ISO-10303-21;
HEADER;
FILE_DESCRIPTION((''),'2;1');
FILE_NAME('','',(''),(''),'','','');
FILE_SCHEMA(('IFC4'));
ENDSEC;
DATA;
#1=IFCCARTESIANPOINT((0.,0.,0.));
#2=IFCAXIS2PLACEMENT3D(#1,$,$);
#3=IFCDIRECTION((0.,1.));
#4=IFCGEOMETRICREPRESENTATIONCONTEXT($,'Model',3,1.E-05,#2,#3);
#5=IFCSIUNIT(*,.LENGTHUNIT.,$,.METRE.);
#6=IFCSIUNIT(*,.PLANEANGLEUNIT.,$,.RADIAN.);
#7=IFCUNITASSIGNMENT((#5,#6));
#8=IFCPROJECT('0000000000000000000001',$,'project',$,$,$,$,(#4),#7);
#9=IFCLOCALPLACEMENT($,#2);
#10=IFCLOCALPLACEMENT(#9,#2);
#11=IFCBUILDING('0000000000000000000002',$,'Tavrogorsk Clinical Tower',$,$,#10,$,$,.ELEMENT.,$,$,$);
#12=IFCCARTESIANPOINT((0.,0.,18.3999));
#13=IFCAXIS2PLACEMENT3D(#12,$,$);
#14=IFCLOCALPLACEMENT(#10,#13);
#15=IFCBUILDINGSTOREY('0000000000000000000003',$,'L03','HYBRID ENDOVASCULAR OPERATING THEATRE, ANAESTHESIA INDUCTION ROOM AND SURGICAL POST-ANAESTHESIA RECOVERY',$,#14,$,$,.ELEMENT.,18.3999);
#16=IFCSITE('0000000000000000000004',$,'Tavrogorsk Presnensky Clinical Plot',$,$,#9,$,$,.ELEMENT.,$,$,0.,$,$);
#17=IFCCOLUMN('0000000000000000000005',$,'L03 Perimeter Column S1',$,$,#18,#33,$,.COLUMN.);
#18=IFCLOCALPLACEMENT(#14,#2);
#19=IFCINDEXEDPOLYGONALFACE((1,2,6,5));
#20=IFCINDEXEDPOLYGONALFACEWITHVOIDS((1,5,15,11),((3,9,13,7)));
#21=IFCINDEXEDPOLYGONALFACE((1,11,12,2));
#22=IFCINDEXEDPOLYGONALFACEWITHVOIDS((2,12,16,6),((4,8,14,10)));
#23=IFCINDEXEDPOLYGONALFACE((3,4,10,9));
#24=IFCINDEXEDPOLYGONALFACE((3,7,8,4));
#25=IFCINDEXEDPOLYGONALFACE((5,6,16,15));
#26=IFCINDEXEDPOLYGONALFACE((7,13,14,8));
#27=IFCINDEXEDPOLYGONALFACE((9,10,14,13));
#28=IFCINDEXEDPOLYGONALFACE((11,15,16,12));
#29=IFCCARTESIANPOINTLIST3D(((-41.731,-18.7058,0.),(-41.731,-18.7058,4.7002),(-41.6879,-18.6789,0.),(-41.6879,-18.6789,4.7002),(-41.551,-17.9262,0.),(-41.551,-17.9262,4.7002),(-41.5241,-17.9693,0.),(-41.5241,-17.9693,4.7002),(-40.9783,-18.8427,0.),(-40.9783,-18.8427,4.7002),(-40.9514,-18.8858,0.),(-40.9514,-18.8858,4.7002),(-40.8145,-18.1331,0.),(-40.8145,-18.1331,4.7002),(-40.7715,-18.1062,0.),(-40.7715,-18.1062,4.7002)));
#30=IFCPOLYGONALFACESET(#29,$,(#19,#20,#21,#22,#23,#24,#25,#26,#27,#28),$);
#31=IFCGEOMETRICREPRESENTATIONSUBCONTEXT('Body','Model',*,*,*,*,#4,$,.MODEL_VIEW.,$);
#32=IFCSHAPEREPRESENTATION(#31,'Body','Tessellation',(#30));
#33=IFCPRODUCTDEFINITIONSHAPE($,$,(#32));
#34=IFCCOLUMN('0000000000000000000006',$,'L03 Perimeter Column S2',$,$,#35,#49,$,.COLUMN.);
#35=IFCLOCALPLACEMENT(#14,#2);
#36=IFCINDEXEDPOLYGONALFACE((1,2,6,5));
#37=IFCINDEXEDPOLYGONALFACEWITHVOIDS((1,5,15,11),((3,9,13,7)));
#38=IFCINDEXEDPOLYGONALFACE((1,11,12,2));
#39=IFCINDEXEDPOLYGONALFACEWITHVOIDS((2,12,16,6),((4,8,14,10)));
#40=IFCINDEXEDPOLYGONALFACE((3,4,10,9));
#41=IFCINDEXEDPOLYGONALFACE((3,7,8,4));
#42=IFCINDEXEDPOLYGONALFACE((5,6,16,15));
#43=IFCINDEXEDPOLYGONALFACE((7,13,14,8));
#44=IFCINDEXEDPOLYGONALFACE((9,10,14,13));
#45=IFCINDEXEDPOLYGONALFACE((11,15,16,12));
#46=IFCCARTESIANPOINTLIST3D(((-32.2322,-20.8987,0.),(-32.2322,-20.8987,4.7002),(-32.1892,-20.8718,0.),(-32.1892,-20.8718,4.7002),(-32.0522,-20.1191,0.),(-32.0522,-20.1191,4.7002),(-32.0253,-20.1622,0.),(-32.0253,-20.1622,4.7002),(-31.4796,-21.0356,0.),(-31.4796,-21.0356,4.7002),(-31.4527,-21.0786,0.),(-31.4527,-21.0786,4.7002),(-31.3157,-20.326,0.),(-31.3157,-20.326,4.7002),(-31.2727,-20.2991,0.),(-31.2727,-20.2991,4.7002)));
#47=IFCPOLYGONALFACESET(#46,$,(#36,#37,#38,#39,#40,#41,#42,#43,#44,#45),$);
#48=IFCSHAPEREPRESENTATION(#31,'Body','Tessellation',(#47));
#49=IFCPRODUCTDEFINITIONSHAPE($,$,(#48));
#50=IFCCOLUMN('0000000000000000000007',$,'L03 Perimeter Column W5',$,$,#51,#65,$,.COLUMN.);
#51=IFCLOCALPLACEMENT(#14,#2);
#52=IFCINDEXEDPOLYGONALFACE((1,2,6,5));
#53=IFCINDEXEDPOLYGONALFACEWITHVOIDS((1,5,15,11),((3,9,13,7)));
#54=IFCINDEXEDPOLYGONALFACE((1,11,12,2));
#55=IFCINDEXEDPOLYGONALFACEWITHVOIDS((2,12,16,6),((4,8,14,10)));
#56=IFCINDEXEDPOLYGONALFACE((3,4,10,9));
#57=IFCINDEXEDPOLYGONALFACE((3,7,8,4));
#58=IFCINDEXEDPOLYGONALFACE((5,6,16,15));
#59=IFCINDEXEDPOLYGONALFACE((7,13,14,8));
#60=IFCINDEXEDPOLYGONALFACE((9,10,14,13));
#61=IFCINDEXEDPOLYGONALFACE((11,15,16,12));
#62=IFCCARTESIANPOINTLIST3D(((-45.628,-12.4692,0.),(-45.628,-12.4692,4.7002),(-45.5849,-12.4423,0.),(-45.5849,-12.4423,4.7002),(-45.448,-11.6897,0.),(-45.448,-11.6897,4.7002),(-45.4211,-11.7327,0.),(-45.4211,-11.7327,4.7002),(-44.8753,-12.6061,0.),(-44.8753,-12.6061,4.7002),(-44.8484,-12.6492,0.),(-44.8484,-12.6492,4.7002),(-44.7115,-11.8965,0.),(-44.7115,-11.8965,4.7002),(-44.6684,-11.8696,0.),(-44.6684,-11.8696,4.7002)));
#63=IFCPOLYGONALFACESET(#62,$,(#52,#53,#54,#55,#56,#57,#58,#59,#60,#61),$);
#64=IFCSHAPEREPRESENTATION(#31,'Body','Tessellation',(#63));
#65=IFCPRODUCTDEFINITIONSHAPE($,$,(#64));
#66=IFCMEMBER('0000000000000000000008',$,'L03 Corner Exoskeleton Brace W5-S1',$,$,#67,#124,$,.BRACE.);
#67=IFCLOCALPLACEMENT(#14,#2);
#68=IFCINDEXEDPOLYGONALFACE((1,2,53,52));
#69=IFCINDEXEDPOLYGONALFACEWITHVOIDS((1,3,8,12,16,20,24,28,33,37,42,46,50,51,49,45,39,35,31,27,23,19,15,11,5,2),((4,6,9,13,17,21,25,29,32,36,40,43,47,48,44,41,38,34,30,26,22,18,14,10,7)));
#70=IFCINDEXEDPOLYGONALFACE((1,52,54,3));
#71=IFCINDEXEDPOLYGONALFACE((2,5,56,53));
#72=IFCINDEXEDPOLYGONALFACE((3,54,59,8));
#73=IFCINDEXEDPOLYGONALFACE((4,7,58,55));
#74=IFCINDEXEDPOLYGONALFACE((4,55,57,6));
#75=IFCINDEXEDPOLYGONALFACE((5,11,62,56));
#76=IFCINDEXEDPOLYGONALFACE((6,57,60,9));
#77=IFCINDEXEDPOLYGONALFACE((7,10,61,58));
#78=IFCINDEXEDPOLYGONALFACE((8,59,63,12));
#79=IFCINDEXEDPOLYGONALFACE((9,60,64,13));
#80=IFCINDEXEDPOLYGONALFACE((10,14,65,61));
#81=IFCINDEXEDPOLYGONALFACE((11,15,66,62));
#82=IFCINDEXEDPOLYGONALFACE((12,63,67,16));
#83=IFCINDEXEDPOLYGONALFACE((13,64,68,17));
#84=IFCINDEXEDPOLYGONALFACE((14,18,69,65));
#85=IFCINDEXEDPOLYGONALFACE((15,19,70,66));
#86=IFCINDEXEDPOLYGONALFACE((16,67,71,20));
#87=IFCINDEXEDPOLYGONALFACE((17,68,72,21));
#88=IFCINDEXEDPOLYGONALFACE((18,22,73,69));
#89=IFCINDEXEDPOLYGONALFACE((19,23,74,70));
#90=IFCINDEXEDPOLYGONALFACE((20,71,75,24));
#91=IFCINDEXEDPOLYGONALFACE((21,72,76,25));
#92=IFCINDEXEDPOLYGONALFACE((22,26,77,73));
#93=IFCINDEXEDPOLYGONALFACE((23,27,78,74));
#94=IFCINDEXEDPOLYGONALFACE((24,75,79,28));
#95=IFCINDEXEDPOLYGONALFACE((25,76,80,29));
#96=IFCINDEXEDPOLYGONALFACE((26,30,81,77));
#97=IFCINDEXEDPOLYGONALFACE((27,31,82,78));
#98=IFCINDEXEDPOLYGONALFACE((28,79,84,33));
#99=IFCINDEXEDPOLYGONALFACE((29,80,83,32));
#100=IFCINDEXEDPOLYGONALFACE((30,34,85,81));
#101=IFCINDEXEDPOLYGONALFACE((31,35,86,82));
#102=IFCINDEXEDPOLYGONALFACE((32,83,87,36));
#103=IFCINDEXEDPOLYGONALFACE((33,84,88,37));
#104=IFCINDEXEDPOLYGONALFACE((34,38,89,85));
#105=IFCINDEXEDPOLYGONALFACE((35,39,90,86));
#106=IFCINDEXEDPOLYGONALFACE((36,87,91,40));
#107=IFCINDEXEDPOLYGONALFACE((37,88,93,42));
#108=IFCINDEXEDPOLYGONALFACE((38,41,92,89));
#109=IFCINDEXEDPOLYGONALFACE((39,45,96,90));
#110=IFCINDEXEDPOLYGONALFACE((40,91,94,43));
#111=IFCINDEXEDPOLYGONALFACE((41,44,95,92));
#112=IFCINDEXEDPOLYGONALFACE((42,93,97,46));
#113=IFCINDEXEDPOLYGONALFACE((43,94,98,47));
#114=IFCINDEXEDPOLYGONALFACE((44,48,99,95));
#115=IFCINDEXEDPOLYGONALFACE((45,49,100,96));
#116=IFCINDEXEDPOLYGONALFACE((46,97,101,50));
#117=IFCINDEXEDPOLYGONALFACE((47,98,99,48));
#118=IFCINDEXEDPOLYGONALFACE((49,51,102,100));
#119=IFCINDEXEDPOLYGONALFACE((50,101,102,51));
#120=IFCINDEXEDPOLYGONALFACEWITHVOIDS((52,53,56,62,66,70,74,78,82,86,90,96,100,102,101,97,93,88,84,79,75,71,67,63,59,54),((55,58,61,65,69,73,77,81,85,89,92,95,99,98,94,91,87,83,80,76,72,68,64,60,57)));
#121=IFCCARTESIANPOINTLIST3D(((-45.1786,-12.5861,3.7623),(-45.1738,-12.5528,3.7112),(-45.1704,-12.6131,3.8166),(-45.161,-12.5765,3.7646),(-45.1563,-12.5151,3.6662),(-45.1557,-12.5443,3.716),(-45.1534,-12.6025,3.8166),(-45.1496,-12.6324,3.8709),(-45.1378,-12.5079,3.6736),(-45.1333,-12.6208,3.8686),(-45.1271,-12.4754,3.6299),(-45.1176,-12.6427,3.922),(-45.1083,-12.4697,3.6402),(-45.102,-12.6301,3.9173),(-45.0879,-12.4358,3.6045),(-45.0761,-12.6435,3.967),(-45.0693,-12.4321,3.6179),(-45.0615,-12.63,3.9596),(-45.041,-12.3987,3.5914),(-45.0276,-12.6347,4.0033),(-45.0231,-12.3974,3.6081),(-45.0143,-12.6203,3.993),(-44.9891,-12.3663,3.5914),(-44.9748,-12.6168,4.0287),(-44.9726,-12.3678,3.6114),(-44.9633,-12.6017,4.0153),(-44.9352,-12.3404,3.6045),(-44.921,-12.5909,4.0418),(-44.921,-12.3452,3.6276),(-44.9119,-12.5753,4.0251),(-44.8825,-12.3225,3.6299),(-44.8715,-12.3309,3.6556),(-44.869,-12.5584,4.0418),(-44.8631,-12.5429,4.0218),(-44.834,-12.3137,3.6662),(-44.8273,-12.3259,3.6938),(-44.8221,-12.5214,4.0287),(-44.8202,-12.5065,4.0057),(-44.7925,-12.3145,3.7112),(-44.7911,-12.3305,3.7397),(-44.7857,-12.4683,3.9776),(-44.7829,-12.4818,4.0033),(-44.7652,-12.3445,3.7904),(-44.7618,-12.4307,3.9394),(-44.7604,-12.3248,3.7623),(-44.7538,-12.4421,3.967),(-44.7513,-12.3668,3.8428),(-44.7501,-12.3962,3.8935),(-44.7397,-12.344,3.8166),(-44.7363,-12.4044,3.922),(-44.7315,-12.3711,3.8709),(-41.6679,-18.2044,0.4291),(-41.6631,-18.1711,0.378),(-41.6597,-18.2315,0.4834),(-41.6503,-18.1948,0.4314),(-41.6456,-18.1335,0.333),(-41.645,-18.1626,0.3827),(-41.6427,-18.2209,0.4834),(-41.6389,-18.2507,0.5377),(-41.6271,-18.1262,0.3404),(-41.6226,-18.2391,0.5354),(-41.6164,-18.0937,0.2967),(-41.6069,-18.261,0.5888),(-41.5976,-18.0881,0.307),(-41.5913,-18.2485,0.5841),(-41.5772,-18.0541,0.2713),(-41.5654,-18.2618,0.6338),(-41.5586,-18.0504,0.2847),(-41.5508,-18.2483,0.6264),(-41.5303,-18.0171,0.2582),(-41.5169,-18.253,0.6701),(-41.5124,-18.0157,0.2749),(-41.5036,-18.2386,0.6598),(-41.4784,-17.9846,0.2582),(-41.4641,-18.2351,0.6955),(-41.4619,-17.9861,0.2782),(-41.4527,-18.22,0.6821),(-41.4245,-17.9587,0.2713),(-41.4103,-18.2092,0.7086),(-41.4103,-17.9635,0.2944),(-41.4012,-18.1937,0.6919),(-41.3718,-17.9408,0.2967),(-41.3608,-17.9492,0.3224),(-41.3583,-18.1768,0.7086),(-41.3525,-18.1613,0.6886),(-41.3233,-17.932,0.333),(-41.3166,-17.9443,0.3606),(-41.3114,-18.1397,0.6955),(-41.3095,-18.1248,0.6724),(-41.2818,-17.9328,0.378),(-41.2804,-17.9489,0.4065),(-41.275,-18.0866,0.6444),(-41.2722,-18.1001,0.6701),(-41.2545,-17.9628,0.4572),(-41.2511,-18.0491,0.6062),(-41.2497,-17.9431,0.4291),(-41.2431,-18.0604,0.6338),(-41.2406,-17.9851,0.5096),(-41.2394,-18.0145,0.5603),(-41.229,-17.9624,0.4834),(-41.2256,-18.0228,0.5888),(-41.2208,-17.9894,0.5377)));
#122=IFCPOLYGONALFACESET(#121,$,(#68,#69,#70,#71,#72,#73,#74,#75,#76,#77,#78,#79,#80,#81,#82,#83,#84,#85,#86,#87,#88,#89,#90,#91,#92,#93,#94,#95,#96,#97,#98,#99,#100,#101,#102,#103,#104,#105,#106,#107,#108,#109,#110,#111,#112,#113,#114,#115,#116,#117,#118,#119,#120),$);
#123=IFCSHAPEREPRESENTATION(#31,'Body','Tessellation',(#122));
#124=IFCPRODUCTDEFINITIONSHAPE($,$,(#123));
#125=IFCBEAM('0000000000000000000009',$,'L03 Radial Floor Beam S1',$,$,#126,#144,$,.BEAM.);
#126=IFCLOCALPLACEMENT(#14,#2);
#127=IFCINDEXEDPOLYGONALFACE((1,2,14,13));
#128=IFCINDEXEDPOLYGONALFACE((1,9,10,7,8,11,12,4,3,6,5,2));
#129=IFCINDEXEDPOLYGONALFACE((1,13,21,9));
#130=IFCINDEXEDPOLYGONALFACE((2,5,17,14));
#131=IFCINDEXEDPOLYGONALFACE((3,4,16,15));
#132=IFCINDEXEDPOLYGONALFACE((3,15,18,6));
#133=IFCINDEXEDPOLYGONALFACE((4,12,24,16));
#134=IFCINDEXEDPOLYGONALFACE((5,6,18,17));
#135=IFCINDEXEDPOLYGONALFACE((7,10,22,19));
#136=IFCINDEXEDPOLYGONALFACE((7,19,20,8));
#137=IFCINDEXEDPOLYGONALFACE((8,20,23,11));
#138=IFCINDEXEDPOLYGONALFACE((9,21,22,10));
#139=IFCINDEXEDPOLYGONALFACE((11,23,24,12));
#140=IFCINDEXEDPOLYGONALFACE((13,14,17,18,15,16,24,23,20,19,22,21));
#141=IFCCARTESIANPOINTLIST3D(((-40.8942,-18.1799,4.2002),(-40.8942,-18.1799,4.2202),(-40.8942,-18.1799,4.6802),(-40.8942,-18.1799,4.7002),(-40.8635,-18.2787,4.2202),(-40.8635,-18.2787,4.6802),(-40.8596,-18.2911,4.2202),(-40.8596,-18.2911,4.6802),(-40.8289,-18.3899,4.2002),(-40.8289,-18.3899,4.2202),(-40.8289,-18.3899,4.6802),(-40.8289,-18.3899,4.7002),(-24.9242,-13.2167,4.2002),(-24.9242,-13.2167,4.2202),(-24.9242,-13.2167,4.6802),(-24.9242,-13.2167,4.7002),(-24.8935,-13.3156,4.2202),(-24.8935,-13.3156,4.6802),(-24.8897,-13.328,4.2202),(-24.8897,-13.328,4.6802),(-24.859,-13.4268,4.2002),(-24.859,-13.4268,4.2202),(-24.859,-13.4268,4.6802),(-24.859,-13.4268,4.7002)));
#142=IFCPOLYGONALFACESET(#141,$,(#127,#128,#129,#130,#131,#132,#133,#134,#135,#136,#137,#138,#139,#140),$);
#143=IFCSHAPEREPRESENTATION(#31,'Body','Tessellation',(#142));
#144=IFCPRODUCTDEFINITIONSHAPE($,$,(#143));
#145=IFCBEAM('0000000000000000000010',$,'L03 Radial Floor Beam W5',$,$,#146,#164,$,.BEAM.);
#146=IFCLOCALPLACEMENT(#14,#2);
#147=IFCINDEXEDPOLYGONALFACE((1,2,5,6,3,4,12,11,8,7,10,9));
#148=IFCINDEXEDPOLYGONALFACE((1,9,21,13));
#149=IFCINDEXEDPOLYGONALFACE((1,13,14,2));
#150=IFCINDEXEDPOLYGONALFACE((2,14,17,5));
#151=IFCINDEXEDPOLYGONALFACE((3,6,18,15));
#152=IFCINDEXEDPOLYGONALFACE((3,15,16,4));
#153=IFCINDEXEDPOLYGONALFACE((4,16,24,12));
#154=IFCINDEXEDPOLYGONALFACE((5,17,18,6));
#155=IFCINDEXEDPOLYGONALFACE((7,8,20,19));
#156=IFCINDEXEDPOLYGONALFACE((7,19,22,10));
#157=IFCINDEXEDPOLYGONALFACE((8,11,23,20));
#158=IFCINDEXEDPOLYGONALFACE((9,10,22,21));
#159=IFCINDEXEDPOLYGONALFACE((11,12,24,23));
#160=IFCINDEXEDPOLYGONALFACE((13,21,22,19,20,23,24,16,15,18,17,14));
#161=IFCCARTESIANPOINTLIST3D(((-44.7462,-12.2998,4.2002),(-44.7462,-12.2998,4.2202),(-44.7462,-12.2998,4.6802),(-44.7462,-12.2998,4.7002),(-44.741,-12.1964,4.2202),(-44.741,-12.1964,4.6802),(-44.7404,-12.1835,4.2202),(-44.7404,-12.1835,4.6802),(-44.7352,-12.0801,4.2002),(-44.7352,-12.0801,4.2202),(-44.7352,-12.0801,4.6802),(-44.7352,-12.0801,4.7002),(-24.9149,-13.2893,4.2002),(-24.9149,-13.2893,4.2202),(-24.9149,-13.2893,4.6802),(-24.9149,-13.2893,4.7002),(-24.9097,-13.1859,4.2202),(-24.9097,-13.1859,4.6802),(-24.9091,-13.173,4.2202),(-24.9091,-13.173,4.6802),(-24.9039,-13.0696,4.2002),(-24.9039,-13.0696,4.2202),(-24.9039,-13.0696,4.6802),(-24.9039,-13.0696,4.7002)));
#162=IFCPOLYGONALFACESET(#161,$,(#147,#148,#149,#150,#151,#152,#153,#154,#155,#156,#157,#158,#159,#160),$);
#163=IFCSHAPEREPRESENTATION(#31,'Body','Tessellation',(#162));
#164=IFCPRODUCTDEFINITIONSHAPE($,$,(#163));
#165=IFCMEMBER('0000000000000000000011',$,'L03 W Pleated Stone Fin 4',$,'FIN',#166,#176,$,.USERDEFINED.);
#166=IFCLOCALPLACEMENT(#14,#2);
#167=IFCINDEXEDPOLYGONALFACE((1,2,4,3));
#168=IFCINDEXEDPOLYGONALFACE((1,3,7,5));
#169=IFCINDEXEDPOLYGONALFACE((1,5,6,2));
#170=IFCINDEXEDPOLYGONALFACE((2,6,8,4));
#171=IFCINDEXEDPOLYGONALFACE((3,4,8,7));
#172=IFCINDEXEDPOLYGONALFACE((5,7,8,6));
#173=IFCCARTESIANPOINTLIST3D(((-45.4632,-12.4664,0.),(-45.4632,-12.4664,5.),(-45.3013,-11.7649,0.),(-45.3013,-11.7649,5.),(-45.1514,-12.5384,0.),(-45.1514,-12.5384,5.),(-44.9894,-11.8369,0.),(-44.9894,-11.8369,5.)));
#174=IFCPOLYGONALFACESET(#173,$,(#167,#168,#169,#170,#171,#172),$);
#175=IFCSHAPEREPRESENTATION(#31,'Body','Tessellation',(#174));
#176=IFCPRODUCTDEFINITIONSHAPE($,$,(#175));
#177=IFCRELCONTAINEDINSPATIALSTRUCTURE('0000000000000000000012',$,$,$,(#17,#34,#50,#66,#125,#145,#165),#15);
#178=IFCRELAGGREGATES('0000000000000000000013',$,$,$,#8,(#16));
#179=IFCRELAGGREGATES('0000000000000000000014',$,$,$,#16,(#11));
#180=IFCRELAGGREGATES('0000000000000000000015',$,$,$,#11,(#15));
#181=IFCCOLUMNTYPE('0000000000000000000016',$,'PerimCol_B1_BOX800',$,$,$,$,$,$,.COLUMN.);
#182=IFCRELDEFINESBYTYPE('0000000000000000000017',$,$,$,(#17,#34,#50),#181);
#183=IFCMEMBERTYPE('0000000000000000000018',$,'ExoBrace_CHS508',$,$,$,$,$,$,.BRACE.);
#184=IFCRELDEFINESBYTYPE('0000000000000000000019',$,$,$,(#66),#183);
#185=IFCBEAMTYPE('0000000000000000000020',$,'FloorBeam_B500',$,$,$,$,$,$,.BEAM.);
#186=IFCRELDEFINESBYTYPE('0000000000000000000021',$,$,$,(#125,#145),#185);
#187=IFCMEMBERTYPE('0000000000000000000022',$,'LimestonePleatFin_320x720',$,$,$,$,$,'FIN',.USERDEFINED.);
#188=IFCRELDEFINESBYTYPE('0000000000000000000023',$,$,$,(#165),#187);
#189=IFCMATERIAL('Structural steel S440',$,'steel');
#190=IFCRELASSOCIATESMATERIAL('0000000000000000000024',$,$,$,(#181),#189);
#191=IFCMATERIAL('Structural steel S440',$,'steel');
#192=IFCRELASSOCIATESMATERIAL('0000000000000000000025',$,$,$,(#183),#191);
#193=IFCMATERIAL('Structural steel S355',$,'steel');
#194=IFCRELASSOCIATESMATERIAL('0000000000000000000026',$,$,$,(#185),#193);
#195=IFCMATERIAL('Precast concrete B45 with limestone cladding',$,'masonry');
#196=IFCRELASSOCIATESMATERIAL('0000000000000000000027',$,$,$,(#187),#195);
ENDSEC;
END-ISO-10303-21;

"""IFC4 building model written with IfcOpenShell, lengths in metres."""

from ifc_helpers import new_model, si_unit, direction, frame, origin, origin_2d, place, context, subcontext, project, spatial, rectangle, hollow_rectangle, hollow_circle, i_section, extrude, material, material_profile, profile_set, type_object, element, save


model = new_model("IFC4")

# Units and contexts
model_context = context("Model", 3, precision=1e-05, world=origin(), true_north=direction((0.0, 1.0)))
body_context = subcontext(model_context, "Body", "Model", "MODEL_VIEW")
ifc_project = project(units=[si_unit("LENGTHUNIT", "METRE"), si_unit("PLANEANGLEUNIT", "RADIAN")], contexts=[model_context])

# Site, building, storey
site_placement = place(None, origin())
site = spatial("IfcSite", under=ifc_project, at=site_placement, Name="Tavrogorsk Presnensky Clinical Plot", CompositionType="ELEMENT", RefElevation=0.0)
building_placement = place(site_placement, origin())
building = spatial("IfcBuilding", under=site, at=building_placement, Name="Tavrogorsk Clinical Tower", CompositionType="ELEMENT")
storey_placement = place(building_placement, frame((0.0, 0.0, 18.3999)))
storey = spatial("IfcBuildingStorey", under=building, at=storey_placement, Name="L03", Description="HYBRID ENDOVASCULAR OPERATING THEATRE, ANAESTHESIA INDUCTION ROOM AND SURGICAL POST-ANAESTHESIA RECOVERY", CompositionType="ELEMENT", Elevation=18.3999)

# Columns
ifc_material_1 = material(Name="Structural steel S440", Category="steel")
ifc_material_profile_1 = material_profile(ifc_material_1, hollow_rectangle(XDim=0.8, YDim=0.8, WallThickness=0.0359, at=origin_2d()), Name="BOX-800x800x36")
ifc_profile_set_1 = profile_set([ifc_material_profile_1], Name="Structural steel S440")
column_type = type_object("IfcColumnType", Name="PerimCol_B1_BOX800", PredefinedType="COLUMN", material=ifc_profile_set_1)
for number, where, z_axis, x_axis, name in (
    (1, (-41.2512, -18.406, 0.0), (0.0, 0.0, 1.0), (0.97437, -0.224951, 0.0), "L03 Perimeter Column S1"),
    (2, (-31.7524, -20.5989, 0.0), (0.0, 0.0, 1.0), (0.97437, -0.224951, 0.0), "L03 Perimeter Column S2"),
    (3, (-45.1482, -12.1694, 0.0), (0.0, 0.0, 1.0), (0.97437, -0.224951, 0.0), "L03 Perimeter Column W5"),
):
    element("IfcColumn", number, at=place(storey_placement, frame(where, z_axis=z_axis, x_axis=x_axis)), inside=storey, type_object=column_type, Name=name, PredefinedType="COLUMN", context=body_context, shape_type="SweptSolid", body=[
        extrude(hollow_rectangle(XDim=0.8, YDim=0.8, WallThickness=0.0359, at=origin_2d()), origin(), (0.0, 0.0, 1.0), 4.7002),
    ])

# Member
ifc_material_2 = material(Name="Structural steel S440", Category="steel")
ifc_material_profile_2 = material_profile(ifc_material_2, hollow_circle(Radius=0.2539, WallThickness=0.02, at=origin_2d()), Name="CHS-508x20")
ifc_profile_set_2 = profile_set([ifc_material_profile_2], Name="Structural steel S440")
member_type_1 = type_object("IfcMemberType", Name="ExoBrace_CHS508", PredefinedType="BRACE", material=ifc_profile_set_2)
member_1_placement = place(storey_placement, frame((-41.4443, -18.0969, 0.4834), z_axis=(-0.473378, 0.75757, 0.449446), x_axis=(-0.84805, -0.529916, 0.0)))
element("IfcMember", 4, at=member_1_placement, inside=storey, type_object=member_type_1, Name="L03 Corner Exoskeleton Brace W5-S1", PredefinedType="BRACE", context=body_context, shape_type="SweptSolid", body=[
    extrude(hollow_circle(Radius=0.2539, WallThickness=0.02, at=origin_2d()), origin(), (0.0, 0.0, 1.0), 7.4163),
])

# Beams
ifc_material_3 = material(Name="Structural steel S355", Category="steel")
ifc_material_profile_3 = material_profile(ifc_material_3, i_section(OverallWidth=0.22, OverallDepth=0.5, WebThickness=0.0129, FlangeThickness=0.02, at=origin_2d()), Name="B-500x220x13x20")
ifc_profile_set_3 = profile_set([ifc_material_profile_3], Name="Structural steel S355")
beam_type_1 = type_object("IfcBeamType", Name="FloorBeam_B500", PredefinedType="BEAM", material=ifc_profile_set_3)
beam_1_placement = place(storey_placement, frame((-24.8916, -13.3218, 4.4502), z_axis=(-0.954947, -0.296778, 0.0), x_axis=(0.296778, -0.954947, 0.0)))
element("IfcBeam", 5, at=beam_1_placement, inside=storey, type_object=beam_type_1, Name="L03 Radial Floor Beam S1", PredefinedType="BEAM", context=body_context, shape_type="SweptSolid", body=[
    extrude(i_section(OverallWidth=0.22, OverallDepth=0.5, WebThickness=0.0129, FlangeThickness=0.02, at=origin_2d()), origin(), (0.0, 0.0, 1.0), 16.7234),
])
beam_2_placement = place(storey_placement, frame((-24.9094, -13.1794, 4.4502), z_axis=(-0.998758, 0.049834, 0.0), x_axis=(-0.049834, -0.998758, 0.0)))
element("IfcBeam", 6, at=beam_2_placement, inside=storey, type_object=beam_type_1, Name="L03 Radial Floor Beam W5", PredefinedType="BEAM", context=body_context, shape_type="SweptSolid", body=[
    extrude(i_section(OverallWidth=0.22, OverallDepth=0.5, WebThickness=0.0129, FlangeThickness=0.02, at=origin_2d()), origin(), (0.0, 0.0, 1.0), 19.856),
])

# Member
ifc_material_4 = material(Name="Precast concrete B45 with limestone cladding", Category="masonry")
ifc_material_profile_4 = material_profile(ifc_material_4, rectangle(XDim=0.3201, YDim=0.72, at=origin_2d()), Name="LIMESTONE-FIN-320x720")
ifc_profile_set_4 = profile_set([ifc_material_profile_4], Name="Precast concrete B45 with limestone cladding")
member_type_2 = type_object("IfcMemberType", Name="LimestonePleatFin_320x720", ElementType="FIN", PredefinedType="USERDEFINED", material=ifc_profile_set_4)
member_2_placement = place(storey_placement, frame((-45.2263, -12.1516, 0.0), z_axis=(0.0, 0.0, 1.0), x_axis=(0.97437, -0.224951, 0.0)))
element("IfcMember", 7, at=member_2_placement, inside=storey, type_object=member_type_2, Name="L03 W Pleated Stone Fin 4", ObjectType="FIN", PredefinedType="USERDEFINED", context=body_context, shape_type="SweptSolid", body=[
    extrude(rectangle(XDim=0.3201, YDim=0.72, at=origin_2d()), origin(), (0.0, 0.0, 1.0), 5.0),
])

save(model, "model.ifc")
